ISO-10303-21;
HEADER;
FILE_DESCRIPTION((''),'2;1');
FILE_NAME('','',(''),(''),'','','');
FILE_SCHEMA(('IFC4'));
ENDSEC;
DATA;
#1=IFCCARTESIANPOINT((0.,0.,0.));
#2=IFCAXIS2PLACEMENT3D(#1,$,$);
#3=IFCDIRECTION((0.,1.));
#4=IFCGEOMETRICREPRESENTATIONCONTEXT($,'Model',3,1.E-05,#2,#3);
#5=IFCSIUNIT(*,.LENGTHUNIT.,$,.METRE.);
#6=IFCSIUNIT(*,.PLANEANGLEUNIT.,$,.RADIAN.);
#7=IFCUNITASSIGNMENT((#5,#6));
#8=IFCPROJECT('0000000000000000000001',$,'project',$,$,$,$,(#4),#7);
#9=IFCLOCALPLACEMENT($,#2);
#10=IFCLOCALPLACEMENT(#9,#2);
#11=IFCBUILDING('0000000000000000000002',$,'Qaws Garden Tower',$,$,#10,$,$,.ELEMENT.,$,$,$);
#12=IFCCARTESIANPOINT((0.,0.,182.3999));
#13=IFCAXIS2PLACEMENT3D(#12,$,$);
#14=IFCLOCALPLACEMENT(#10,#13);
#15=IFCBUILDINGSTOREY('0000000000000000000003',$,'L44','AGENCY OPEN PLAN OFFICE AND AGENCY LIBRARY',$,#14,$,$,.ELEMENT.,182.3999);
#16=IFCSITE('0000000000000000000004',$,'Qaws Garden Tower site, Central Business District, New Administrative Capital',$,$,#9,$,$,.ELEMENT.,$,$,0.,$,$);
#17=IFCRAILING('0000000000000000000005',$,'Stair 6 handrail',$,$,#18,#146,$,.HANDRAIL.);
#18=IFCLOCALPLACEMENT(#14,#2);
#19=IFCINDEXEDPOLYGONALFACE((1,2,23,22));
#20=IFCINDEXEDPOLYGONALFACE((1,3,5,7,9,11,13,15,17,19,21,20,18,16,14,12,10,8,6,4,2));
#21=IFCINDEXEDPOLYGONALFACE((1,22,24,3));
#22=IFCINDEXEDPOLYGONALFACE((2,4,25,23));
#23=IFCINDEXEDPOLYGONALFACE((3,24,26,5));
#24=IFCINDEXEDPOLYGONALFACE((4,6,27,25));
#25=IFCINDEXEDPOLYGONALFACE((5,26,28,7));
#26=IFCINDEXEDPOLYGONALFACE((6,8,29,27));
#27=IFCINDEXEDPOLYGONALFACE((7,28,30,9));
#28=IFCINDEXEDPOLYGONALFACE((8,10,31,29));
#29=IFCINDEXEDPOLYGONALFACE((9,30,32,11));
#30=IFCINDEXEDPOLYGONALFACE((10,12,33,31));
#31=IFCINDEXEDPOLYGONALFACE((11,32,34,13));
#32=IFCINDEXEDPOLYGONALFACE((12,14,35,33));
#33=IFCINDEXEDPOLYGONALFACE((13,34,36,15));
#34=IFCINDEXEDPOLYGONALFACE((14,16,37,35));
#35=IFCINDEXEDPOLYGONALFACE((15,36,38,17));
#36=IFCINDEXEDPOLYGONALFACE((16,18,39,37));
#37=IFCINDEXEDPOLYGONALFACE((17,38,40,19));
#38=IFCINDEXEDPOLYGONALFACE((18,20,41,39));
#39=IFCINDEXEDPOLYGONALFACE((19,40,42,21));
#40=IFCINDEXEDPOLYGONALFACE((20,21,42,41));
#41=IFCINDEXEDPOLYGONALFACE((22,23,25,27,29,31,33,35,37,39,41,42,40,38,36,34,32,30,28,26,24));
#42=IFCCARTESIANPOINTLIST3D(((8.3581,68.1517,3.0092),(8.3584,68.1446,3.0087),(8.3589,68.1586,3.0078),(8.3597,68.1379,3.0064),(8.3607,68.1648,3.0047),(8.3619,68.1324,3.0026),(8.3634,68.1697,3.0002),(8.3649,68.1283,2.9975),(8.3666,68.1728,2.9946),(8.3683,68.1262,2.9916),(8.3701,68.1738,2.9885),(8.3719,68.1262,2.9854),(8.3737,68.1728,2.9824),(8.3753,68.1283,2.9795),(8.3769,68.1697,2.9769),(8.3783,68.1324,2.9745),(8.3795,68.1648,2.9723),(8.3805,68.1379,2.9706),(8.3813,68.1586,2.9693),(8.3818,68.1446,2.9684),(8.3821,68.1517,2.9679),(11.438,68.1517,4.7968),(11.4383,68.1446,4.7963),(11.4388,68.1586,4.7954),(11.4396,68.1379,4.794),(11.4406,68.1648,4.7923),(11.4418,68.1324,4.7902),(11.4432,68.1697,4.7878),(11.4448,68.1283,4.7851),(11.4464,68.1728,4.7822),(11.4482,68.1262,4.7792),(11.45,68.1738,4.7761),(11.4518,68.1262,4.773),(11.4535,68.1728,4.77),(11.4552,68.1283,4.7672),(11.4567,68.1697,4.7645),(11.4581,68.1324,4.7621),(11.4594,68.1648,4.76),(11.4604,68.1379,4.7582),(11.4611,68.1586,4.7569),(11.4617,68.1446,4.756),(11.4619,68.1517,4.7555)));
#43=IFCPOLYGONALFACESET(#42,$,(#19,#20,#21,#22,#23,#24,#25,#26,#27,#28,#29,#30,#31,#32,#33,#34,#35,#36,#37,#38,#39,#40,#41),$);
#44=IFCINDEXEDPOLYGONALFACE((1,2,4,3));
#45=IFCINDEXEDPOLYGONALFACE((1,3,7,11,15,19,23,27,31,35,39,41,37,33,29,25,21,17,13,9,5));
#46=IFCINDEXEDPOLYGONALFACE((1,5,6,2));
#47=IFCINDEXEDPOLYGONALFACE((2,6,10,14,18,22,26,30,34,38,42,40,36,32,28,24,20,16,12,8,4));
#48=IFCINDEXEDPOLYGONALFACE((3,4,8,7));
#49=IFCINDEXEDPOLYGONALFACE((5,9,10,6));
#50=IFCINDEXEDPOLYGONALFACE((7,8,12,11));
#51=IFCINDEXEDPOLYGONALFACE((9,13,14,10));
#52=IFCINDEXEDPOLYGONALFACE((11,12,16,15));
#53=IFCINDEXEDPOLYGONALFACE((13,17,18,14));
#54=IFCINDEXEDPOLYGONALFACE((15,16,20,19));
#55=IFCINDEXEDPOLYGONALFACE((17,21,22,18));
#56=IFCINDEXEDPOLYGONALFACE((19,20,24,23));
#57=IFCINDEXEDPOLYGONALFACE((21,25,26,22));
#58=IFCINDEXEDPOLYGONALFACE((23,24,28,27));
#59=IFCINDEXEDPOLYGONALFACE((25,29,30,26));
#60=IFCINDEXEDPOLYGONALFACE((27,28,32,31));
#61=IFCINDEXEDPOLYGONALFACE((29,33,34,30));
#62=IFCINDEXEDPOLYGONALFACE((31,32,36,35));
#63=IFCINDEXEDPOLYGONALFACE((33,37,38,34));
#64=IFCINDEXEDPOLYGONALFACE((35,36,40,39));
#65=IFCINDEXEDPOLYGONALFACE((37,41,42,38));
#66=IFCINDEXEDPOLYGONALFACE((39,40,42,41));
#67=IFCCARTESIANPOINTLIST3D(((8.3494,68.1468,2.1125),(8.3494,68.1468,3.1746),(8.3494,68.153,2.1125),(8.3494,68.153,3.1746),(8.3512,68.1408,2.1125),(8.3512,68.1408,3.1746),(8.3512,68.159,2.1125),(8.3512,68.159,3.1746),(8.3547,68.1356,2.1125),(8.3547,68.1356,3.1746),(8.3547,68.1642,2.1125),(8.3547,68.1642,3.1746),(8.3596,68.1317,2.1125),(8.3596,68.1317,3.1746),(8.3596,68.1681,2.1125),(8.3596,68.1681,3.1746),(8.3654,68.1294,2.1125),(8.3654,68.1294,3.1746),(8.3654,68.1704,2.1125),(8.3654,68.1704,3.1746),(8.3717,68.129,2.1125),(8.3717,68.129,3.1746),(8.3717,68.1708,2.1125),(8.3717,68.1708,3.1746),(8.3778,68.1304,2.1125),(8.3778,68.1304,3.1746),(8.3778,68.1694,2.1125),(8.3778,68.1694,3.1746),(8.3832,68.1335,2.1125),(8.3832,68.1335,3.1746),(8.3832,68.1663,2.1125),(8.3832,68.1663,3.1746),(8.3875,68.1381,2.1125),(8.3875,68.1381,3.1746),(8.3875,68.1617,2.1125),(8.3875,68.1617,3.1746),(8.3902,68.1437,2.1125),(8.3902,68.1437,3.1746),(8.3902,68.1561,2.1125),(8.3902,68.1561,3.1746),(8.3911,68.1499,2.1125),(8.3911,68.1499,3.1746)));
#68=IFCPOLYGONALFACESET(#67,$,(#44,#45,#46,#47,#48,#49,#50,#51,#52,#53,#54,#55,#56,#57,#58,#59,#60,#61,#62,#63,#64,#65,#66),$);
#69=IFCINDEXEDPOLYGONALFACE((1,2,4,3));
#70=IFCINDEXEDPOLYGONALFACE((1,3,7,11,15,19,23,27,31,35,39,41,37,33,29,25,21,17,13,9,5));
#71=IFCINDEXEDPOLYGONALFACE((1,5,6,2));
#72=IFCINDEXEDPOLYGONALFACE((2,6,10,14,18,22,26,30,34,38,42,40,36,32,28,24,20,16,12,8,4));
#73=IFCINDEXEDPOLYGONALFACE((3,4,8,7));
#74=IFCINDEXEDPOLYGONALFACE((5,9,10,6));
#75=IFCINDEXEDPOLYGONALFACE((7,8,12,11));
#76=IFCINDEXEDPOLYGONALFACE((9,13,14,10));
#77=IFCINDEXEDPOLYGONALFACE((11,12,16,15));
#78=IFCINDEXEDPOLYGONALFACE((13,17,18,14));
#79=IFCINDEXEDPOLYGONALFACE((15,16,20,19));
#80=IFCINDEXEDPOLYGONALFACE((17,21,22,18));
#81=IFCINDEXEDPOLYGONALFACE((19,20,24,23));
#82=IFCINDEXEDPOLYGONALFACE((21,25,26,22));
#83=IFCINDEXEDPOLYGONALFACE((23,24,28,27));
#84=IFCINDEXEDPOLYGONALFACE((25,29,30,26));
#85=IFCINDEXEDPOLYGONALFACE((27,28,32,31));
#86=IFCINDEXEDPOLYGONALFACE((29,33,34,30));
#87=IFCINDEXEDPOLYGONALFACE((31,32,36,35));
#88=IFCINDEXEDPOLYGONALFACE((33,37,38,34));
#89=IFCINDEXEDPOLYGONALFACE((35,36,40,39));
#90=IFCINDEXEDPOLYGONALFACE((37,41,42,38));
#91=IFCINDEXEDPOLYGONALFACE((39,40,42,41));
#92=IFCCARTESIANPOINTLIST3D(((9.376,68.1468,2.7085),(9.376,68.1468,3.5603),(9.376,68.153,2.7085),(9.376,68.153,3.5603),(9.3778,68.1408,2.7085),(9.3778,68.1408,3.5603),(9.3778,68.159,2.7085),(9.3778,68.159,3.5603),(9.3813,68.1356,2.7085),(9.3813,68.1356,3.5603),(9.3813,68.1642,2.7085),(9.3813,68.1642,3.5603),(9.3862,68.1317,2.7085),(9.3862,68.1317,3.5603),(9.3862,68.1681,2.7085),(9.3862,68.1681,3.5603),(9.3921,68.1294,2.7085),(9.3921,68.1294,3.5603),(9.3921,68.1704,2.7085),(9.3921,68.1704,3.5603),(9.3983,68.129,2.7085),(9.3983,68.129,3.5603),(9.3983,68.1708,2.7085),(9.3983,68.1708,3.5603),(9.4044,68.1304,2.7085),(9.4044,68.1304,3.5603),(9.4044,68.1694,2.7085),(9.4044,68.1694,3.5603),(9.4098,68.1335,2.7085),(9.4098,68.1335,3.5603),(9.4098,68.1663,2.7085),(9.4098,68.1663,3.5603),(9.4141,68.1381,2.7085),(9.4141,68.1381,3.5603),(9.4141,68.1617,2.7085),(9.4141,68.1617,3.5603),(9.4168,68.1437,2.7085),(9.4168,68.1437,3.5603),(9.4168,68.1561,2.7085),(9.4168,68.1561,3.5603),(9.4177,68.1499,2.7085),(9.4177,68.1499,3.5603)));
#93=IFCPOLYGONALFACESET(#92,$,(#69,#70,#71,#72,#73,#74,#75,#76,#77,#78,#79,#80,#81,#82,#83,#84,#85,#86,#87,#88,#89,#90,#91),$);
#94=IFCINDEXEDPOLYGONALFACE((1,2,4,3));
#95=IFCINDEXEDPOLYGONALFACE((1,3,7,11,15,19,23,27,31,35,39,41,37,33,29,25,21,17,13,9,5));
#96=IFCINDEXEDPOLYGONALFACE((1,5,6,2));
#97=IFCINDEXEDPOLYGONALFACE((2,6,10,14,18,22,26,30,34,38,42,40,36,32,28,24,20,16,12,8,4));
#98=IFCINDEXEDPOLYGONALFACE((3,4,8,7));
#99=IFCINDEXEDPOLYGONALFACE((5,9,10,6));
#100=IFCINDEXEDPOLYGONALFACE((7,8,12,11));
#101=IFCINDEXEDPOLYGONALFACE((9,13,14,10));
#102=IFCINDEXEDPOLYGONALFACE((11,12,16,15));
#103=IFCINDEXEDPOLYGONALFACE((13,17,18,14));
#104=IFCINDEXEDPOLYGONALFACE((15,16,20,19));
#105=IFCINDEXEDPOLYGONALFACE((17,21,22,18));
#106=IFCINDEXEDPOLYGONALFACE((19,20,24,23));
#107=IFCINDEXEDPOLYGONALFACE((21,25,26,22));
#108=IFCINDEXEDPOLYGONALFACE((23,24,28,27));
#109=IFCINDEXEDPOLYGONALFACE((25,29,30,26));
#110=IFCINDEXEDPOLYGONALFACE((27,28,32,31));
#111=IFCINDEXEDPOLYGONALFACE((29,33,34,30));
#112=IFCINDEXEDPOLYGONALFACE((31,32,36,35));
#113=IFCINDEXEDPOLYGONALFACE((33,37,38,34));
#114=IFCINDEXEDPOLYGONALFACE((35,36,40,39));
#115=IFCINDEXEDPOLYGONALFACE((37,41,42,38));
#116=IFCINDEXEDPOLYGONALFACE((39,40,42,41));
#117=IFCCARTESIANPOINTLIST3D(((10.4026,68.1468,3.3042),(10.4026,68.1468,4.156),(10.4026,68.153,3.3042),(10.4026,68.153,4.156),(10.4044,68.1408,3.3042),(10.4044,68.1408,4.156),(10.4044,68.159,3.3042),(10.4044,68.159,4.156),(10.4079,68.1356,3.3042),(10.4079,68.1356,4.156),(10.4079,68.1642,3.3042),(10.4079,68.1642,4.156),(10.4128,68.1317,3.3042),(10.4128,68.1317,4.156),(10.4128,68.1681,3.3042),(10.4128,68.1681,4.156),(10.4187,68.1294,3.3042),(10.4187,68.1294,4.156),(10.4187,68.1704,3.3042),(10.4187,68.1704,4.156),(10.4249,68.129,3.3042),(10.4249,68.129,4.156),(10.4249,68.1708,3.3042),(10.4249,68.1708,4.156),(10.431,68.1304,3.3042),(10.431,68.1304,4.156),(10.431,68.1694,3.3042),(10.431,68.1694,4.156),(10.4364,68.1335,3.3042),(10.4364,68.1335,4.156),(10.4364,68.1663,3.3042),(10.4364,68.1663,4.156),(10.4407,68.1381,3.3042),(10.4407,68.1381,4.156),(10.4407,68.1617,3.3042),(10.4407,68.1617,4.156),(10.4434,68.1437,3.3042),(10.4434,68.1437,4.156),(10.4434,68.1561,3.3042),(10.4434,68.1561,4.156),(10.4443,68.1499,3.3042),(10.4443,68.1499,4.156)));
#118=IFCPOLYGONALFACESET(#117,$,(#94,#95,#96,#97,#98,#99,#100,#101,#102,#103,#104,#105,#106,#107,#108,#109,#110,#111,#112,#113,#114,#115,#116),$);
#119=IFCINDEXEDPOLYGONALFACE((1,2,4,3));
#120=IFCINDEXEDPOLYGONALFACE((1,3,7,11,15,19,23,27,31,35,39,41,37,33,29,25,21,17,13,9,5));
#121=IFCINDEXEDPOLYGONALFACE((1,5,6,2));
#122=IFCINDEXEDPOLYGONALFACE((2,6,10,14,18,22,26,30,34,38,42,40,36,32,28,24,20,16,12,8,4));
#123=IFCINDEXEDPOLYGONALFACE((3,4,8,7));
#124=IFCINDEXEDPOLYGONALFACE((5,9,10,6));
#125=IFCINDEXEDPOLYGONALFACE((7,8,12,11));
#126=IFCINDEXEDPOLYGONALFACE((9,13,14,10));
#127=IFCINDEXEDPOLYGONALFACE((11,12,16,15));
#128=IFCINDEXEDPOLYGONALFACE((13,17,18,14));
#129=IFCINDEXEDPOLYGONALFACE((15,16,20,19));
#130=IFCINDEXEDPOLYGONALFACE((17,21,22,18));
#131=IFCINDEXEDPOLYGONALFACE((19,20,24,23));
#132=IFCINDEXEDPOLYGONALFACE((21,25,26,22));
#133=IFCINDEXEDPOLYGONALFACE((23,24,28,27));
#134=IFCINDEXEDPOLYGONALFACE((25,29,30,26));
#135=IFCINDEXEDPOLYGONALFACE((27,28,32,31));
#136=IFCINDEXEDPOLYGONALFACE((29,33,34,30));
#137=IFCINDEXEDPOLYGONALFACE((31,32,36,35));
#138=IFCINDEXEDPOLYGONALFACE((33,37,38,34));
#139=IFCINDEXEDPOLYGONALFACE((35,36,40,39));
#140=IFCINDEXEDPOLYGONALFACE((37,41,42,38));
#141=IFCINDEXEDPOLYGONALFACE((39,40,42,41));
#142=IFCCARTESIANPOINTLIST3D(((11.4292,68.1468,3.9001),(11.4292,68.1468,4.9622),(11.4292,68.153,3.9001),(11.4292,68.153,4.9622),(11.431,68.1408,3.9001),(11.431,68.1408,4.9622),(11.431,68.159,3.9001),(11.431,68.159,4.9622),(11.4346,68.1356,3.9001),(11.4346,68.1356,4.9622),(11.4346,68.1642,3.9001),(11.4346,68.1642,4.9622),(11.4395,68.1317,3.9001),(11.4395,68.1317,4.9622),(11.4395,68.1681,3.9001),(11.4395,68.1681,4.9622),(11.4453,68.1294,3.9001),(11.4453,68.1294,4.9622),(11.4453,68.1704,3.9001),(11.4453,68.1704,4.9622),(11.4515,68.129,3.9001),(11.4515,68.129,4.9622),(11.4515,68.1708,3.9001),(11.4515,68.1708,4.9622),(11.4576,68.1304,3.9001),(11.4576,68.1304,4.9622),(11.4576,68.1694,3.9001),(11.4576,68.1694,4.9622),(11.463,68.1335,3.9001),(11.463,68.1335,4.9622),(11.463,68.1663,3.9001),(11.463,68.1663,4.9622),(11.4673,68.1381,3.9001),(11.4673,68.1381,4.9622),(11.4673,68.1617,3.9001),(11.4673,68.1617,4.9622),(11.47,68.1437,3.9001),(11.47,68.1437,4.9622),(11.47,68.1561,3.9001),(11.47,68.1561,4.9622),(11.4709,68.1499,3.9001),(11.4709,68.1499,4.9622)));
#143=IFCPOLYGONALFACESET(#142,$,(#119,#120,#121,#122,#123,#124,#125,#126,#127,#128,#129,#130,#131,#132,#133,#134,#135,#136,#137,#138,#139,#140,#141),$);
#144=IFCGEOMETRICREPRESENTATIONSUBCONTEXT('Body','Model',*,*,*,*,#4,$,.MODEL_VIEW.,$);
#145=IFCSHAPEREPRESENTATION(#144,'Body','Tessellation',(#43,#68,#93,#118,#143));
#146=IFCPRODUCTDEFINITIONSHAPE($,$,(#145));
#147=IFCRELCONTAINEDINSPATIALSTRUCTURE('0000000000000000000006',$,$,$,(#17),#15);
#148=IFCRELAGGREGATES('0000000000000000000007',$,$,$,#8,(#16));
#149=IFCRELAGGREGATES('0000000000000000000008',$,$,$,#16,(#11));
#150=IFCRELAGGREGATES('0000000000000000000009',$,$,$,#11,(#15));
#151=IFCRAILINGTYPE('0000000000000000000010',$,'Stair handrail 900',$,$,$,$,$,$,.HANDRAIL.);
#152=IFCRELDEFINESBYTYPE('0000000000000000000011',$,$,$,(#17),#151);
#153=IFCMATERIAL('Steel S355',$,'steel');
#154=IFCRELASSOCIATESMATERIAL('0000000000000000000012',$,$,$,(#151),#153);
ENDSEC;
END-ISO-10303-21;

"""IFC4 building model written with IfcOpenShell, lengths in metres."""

from ifc_helpers import new_model, si_unit, direction, frame, origin, origin_2d, place, context, subcontext, project, spatial, circle, extrude, material, type_object, element, save


model = new_model("IFC4")

# Units and contexts
model_context = context("Model", 3, precision=1e-05, world=origin(), true_north=direction((0.0, 1.0)))
body_context = subcontext(model_context, "Body", "Model", "MODEL_VIEW")
ifc_project = project(units=[si_unit("LENGTHUNIT", "METRE"), si_unit("PLANEANGLEUNIT", "RADIAN")], contexts=[model_context])

# Site, building, storey
site_placement = place(None, origin())
site = spatial("IfcSite", under=ifc_project, at=site_placement, Name="Qaws Garden Tower site, Central Business District, New Administrative Capital", CompositionType="ELEMENT", RefElevation=0.0)
building_placement = place(site_placement, origin())
building = spatial("IfcBuilding", under=site, at=building_placement, Name="Qaws Garden Tower", CompositionType="ELEMENT")
storey_placement = place(building_placement, frame((0.0, 0.0, 182.3999)))
storey = spatial("IfcBuildingStorey", under=building, at=storey_placement, Name="L44", Description="AGENCY OPEN PLAN OFFICE AND AGENCY LIBRARY", CompositionType="ELEMENT", Elevation=182.3999)

# Railing
ifc_material_1 = material(Name="Steel S355", Category="steel")
railing_type = type_object("IfcRailingType", Name="Stair handrail 900", PredefinedType="HANDRAIL", material=ifc_material_1)
railing_1_placement = place(storey_placement, frame((8.3701, 68.1499, 2.1125)))
element("IfcRailing", 1, at=railing_1_placement, inside=storey, type_object=railing_type, Name="Stair 6 handrail", PredefinedType="HANDRAIL", context=body_context, shape_type="SweptSolid", body=[
    extrude(circle(Radius=0.0239, at=origin_2d()), frame((0.0, 0.0, 0.876), z_axis=(0.864873, 0.0, 0.50199), x_axis=(0.0, 1.0, 0.0)), (0.0, 0.0, 1.0), 3.561),
    extrude(circle(Radius=0.021, at=origin_2d()), origin(), (0.0, 0.0, 1.0), 1.062),
    extrude(circle(Radius=0.021, at=origin_2d()), frame((1.0266, 0.0, 0.5959)), (0.0, 0.0, 1.0), 0.8518),
    extrude(circle(Radius=0.021, at=origin_2d()), frame((2.0532, 0.0, 1.1917)), (0.0, 0.0, 1.0), 0.8518),
    extrude(circle(Radius=0.021, at=origin_2d()), frame((3.0798, 0.0, 1.7876)), (0.0, 0.0, 1.0), 1.062),
])

save(model, "model.ifc")
